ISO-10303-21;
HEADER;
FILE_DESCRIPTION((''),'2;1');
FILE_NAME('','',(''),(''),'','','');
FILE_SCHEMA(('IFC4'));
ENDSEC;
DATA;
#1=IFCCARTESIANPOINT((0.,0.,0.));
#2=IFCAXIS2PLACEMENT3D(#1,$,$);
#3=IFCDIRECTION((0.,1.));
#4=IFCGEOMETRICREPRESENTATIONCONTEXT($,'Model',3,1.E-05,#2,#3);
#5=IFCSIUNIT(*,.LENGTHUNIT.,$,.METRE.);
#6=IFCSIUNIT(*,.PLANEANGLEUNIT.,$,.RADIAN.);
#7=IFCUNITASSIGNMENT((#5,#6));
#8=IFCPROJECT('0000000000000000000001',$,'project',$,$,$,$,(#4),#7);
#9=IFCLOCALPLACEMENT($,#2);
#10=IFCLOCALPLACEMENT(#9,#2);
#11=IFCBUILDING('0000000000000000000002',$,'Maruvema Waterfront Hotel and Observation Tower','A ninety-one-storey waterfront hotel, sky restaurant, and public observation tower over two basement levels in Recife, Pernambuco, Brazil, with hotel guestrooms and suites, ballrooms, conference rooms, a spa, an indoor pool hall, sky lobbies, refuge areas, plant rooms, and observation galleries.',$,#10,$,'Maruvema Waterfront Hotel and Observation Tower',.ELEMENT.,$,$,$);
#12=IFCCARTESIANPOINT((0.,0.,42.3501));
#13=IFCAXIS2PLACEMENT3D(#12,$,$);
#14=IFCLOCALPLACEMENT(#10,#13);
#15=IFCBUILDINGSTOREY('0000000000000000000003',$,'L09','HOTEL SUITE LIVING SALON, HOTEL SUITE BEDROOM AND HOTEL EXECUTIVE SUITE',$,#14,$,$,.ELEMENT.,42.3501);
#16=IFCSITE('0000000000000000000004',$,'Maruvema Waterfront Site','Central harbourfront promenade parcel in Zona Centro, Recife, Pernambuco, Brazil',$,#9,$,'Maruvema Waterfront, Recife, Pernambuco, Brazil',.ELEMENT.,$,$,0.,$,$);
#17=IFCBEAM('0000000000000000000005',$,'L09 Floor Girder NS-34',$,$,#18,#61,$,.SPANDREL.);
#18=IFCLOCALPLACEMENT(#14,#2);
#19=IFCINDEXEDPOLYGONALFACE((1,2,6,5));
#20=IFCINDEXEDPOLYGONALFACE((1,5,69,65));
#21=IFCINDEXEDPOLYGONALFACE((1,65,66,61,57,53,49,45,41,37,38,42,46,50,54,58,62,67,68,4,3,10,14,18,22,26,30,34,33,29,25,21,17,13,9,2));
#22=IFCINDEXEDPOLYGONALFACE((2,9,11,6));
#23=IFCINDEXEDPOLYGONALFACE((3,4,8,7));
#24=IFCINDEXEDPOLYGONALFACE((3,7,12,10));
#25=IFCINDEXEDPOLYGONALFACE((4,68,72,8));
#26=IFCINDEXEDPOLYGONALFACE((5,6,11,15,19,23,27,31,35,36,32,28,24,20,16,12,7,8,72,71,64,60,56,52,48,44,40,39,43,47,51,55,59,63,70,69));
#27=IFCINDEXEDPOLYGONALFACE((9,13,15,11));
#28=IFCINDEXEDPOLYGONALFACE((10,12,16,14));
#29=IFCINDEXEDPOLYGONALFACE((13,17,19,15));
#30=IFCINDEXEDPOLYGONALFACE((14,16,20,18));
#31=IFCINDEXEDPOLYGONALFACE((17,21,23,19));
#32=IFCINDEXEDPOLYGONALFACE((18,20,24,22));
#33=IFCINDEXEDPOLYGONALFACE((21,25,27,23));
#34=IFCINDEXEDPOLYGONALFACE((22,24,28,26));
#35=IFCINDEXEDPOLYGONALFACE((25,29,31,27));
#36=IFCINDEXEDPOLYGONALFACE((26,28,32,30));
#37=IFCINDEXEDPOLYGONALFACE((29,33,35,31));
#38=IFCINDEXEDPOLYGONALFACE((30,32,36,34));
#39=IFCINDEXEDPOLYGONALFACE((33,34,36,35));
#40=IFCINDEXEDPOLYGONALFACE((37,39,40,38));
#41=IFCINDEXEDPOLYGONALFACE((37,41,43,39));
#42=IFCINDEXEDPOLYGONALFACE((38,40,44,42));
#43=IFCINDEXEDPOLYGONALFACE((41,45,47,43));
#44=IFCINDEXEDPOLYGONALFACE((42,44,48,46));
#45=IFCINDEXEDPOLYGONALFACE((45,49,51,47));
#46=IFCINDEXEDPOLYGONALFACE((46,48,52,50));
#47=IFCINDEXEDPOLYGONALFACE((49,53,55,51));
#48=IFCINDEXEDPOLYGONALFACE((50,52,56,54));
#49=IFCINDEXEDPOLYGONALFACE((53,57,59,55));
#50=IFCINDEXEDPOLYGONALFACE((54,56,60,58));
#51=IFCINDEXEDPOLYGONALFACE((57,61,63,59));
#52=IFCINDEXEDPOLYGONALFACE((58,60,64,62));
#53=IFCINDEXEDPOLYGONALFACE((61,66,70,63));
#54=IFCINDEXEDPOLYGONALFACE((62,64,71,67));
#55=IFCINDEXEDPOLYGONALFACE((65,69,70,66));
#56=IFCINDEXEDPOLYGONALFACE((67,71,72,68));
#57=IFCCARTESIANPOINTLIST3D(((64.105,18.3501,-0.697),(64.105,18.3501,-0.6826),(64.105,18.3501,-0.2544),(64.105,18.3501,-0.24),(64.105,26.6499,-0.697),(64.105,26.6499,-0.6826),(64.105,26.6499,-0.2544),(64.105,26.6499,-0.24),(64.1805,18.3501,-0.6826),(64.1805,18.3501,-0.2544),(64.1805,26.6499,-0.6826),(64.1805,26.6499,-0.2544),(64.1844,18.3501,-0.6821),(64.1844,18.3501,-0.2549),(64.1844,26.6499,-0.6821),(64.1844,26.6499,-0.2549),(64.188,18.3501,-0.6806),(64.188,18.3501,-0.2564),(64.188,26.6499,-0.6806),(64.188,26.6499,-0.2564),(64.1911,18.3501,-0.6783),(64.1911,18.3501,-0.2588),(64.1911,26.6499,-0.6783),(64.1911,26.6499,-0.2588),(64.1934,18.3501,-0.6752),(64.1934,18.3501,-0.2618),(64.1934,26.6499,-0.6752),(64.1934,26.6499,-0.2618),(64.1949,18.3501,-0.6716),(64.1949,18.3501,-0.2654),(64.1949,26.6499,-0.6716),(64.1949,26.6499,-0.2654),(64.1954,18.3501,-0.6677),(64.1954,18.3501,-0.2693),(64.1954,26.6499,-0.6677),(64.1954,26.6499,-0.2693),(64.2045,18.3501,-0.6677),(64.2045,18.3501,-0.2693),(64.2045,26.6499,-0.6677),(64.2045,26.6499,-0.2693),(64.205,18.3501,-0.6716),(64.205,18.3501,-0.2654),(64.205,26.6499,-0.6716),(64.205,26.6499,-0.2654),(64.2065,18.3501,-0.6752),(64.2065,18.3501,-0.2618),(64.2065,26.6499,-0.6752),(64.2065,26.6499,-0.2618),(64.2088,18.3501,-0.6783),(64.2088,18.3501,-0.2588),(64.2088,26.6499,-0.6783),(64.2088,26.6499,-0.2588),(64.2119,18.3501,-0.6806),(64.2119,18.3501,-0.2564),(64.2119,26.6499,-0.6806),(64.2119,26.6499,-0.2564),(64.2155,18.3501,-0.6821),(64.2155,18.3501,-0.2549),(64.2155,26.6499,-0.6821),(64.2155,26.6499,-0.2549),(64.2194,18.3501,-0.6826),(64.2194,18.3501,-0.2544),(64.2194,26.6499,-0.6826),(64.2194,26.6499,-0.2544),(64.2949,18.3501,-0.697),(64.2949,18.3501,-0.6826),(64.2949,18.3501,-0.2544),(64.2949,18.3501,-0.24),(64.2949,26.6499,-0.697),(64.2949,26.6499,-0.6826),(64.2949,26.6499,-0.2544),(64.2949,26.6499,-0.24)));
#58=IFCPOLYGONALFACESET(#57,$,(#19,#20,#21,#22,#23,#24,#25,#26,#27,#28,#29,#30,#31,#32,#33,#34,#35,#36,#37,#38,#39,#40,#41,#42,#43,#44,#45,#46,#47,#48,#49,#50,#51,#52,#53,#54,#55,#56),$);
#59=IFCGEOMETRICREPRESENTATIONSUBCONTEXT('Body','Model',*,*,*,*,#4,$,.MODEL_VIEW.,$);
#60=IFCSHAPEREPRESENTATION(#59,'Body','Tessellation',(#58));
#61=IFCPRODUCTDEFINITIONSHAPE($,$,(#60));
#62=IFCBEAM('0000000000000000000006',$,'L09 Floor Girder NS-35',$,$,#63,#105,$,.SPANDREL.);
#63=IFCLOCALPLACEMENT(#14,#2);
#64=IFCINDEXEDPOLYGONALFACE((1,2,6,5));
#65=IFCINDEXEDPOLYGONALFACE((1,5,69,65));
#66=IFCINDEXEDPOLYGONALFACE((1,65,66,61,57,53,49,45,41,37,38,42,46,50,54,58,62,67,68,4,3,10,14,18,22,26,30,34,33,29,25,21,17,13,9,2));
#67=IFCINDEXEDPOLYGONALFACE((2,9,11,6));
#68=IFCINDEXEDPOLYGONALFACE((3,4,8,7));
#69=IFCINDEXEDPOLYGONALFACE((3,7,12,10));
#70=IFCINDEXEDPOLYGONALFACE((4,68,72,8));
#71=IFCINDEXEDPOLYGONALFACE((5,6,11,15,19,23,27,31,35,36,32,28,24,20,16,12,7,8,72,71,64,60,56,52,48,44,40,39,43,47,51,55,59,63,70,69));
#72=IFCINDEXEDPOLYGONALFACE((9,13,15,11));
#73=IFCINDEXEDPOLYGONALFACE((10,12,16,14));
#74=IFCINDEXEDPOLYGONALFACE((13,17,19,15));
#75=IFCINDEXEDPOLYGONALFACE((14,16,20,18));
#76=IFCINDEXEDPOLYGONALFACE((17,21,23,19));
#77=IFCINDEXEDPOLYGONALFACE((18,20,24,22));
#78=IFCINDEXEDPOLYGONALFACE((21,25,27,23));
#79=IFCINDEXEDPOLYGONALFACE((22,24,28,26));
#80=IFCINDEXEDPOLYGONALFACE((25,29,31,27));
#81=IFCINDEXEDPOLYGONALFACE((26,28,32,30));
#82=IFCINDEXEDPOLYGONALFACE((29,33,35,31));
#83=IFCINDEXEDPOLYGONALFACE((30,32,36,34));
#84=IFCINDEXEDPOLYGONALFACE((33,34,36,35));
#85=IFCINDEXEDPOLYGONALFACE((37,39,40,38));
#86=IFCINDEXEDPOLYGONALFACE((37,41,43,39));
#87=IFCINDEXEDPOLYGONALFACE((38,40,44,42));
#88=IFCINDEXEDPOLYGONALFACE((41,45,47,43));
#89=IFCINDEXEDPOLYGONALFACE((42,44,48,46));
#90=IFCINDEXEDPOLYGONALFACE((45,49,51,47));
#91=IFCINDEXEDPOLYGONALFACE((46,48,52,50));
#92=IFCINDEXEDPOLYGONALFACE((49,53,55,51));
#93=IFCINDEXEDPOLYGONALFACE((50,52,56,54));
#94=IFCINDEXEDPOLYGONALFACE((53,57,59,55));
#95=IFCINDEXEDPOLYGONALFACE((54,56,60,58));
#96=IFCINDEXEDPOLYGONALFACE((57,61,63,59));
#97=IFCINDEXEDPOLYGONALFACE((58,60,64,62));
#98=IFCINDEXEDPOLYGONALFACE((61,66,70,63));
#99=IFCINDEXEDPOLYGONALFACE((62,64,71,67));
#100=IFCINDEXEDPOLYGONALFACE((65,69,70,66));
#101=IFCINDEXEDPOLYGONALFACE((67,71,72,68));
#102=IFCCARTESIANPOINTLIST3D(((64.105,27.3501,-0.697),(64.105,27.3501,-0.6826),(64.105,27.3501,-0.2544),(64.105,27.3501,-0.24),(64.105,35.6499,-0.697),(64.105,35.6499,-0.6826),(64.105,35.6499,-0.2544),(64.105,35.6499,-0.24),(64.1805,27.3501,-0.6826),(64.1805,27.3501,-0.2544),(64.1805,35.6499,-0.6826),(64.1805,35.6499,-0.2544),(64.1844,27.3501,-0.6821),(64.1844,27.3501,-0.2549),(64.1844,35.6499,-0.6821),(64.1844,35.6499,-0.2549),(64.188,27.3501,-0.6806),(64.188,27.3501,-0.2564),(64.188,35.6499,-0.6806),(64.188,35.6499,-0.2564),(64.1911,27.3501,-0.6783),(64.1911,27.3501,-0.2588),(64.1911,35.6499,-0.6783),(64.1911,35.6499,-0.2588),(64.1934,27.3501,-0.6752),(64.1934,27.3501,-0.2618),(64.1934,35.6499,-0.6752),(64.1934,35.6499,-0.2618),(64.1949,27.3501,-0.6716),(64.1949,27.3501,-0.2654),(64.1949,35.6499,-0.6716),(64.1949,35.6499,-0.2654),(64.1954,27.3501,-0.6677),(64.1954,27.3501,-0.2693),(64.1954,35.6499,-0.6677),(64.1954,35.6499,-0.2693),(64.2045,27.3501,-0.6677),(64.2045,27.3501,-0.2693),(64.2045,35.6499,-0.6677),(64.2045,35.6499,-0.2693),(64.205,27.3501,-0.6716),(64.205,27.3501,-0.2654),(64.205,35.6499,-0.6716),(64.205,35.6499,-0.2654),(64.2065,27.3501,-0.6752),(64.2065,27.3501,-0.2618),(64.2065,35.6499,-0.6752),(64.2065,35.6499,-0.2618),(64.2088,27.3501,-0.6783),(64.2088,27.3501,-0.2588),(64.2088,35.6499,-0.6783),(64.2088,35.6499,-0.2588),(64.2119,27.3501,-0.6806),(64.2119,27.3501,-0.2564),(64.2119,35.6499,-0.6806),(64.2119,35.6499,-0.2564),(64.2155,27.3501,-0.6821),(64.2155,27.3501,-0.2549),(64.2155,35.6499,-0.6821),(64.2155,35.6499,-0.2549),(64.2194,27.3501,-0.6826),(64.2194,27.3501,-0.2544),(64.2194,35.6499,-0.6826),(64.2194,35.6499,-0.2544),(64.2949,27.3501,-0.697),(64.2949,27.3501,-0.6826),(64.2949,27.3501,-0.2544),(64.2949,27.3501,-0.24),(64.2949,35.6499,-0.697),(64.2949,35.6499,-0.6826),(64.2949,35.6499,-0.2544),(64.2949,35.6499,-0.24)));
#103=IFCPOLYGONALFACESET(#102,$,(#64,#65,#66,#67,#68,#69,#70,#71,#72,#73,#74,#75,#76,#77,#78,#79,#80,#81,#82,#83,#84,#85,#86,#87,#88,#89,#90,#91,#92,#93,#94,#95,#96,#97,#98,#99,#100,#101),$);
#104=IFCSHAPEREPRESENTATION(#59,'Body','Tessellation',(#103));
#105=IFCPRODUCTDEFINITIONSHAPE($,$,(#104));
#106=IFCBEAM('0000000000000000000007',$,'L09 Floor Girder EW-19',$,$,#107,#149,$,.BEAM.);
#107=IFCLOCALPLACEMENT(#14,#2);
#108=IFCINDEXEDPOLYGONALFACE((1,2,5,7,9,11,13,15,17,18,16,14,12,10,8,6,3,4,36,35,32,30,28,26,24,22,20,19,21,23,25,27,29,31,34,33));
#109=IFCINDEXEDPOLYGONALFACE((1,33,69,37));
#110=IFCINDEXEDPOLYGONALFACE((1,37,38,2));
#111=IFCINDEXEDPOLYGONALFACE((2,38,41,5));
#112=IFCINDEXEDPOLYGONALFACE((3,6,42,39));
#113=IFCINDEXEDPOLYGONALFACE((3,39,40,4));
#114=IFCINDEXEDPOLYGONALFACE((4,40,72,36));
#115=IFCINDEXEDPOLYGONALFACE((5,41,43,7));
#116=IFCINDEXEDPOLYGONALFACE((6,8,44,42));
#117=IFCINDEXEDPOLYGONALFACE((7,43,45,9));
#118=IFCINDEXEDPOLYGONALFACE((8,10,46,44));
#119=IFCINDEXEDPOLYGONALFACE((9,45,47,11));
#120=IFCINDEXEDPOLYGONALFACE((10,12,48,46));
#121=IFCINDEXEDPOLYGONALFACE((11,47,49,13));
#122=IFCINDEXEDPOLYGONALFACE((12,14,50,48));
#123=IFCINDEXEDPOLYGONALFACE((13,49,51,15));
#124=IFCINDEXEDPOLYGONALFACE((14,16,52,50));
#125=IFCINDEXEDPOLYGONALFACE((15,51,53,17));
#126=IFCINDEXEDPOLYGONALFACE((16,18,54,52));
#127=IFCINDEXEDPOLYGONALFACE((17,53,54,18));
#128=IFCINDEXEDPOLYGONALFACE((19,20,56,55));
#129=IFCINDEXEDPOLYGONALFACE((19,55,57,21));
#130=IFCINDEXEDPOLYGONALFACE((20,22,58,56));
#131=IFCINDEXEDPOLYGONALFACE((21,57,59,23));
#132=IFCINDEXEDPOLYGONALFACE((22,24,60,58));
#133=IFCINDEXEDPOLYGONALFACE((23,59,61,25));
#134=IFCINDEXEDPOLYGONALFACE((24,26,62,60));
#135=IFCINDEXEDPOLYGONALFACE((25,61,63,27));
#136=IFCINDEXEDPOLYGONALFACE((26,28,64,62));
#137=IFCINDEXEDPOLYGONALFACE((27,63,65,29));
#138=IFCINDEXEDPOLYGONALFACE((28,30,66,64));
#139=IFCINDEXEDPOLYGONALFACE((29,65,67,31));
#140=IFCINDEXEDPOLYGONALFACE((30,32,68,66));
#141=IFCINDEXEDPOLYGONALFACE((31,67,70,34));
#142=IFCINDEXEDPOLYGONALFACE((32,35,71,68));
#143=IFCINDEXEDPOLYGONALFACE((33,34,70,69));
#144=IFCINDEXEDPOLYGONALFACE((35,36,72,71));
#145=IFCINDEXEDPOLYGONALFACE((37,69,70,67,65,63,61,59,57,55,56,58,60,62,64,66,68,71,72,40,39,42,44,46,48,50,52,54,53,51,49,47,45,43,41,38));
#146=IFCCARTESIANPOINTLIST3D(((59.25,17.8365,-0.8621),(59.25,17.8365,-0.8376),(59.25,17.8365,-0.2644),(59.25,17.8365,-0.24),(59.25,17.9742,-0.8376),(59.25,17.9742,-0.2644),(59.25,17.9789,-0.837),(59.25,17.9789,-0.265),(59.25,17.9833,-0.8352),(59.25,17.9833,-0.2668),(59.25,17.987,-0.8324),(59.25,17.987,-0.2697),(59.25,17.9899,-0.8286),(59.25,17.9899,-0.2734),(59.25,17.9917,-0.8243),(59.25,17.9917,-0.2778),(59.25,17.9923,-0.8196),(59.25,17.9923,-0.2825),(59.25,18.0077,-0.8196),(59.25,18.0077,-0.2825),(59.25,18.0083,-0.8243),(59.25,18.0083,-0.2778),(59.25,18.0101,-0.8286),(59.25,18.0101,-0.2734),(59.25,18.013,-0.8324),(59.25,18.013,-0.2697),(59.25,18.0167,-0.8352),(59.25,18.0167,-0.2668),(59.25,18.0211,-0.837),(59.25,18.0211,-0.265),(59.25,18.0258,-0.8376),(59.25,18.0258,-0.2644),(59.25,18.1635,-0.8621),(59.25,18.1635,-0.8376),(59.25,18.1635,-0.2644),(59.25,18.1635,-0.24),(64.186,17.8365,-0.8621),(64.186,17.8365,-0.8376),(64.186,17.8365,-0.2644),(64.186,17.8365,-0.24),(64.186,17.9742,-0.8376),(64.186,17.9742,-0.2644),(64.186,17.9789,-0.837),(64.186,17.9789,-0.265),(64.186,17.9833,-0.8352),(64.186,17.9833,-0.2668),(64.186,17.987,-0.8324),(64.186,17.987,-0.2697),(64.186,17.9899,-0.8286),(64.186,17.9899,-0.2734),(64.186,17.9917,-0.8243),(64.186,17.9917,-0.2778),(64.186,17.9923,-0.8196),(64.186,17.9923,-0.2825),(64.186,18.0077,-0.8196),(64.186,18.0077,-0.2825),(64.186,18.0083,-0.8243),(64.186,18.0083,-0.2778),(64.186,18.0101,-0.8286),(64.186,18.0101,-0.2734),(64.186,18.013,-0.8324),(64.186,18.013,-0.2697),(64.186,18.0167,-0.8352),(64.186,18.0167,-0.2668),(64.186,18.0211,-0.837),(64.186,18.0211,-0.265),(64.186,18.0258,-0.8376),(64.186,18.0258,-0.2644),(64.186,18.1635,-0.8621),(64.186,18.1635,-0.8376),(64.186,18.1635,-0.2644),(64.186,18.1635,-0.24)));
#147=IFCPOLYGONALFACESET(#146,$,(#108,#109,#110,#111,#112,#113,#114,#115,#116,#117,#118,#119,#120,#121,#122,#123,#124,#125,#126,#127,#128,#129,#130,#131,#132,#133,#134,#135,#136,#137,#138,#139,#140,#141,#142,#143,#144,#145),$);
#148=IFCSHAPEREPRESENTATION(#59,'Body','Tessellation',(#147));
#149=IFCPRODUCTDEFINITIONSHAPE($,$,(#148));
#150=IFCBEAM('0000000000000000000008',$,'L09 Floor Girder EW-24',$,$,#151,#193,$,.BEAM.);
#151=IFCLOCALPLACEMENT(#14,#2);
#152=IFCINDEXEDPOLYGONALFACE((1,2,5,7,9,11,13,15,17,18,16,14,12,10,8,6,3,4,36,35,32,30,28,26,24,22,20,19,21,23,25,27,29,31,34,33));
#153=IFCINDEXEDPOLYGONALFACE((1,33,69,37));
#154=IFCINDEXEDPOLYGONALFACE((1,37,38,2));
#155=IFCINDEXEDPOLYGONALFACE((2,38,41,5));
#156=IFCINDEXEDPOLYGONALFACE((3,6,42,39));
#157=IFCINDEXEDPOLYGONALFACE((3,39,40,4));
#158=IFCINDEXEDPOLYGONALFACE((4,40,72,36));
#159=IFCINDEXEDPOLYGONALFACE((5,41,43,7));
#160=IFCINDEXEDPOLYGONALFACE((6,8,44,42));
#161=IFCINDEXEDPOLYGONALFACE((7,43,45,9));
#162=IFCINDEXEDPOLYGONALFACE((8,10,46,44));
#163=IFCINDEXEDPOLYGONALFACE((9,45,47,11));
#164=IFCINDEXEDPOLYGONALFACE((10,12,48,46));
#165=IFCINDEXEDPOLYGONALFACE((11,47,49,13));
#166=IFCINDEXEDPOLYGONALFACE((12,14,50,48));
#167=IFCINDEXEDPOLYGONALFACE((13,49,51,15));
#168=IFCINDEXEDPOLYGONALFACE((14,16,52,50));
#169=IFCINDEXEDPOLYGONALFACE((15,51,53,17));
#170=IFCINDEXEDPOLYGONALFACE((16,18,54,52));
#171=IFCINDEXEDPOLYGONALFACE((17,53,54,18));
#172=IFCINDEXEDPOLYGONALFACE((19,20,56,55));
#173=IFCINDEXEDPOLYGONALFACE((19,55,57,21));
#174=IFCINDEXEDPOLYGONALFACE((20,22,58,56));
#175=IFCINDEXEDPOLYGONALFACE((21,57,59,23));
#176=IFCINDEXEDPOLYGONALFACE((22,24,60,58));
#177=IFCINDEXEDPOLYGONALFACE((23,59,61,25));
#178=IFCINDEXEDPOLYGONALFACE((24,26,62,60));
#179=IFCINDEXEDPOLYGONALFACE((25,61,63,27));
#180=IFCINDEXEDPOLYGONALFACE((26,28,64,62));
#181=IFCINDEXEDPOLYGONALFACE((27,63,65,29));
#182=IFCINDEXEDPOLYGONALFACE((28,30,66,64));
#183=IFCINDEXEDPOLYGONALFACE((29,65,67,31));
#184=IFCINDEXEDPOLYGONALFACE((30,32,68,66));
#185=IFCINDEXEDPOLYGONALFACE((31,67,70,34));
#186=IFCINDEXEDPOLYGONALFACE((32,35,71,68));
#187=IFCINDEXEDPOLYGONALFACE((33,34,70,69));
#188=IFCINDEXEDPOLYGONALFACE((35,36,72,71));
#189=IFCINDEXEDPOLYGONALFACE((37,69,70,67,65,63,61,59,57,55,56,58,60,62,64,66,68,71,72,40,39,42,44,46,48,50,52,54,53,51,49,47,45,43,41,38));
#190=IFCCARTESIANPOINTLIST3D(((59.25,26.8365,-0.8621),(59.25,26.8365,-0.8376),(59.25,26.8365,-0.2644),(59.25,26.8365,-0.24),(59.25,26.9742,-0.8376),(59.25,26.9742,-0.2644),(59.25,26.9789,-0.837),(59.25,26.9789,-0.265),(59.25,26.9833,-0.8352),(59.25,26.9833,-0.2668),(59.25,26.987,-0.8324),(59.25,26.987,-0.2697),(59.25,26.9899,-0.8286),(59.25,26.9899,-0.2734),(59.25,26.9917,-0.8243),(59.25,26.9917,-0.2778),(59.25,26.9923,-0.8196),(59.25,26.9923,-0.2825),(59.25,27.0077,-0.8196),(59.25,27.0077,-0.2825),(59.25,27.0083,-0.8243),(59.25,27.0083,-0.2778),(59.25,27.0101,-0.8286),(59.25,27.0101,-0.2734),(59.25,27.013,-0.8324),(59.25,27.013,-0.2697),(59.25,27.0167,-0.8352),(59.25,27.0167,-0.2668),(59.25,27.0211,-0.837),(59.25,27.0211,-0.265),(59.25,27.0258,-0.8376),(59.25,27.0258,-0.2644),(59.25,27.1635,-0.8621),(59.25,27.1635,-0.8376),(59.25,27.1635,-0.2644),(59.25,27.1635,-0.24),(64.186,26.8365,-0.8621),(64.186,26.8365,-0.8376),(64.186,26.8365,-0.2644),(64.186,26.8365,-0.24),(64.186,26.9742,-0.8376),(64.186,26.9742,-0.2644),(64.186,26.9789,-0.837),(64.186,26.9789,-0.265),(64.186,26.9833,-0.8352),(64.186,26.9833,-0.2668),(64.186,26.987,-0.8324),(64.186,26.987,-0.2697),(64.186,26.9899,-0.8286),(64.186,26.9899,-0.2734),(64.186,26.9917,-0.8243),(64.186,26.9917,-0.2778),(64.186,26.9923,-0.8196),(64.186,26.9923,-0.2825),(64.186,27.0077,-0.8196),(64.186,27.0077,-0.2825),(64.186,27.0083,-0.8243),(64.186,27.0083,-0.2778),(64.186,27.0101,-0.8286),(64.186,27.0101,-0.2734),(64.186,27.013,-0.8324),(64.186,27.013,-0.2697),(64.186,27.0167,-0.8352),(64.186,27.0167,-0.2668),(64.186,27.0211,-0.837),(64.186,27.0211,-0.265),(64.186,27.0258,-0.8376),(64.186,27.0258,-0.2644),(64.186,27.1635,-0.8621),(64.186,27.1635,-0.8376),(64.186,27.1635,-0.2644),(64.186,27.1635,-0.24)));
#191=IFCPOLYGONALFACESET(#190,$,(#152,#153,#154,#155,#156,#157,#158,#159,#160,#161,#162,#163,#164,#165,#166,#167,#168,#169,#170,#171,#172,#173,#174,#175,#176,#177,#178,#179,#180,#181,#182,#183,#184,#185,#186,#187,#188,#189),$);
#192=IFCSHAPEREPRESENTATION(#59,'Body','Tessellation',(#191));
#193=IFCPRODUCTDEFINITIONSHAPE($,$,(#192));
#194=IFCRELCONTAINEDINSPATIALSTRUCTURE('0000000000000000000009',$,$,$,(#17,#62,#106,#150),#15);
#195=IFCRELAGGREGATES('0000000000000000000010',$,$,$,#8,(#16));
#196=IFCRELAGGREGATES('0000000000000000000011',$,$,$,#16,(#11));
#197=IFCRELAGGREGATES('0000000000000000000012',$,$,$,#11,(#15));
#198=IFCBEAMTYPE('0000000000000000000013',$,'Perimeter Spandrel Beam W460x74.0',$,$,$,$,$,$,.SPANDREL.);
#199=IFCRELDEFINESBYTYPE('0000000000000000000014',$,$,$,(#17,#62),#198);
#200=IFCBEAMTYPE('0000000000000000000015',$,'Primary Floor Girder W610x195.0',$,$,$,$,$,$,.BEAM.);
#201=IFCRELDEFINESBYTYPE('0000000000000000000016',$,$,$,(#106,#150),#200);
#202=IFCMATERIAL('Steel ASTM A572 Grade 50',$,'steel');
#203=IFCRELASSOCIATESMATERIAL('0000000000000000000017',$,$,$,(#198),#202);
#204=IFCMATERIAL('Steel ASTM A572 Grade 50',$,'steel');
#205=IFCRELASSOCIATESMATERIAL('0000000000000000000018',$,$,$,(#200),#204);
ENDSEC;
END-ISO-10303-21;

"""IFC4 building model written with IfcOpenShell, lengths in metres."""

from ifc_helpers import new_model, si_unit, direction, frame, origin, origin_2d, place, context, subcontext, project, spatial, i_section, extrude, material, material_profile, profile_set, type_object, element, save


model = new_model("IFC4")

# Units and contexts
model_context = context("Model", 3, precision=1e-05, world=origin(), true_north=direction((0.0, 1.0)))
body_context = subcontext(model_context, "Body", "Model", "MODEL_VIEW")
ifc_project = project(units=[si_unit("LENGTHUNIT", "METRE"), si_unit("PLANEANGLEUNIT", "RADIAN")], contexts=[model_context])

# Site, building, storey
site_placement = place(None, origin())
site = spatial("IfcSite", under=ifc_project, at=site_placement, Name="Maruvema Waterfront Site", Description="Central harbourfront promenade parcel in Zona Centro, Recife, Pernambuco, Brazil", LongName="Maruvema Waterfront, Recife, Pernambuco, Brazil", CompositionType="ELEMENT", RefElevation=0.0)
building_placement = place(site_placement, origin())
building = spatial("IfcBuilding", under=site, at=building_placement, Name="Maruvema Waterfront Hotel and Observation Tower", Description="A ninety-one-storey waterfront hotel, sky restaurant, and public observation tower over two basement levels in Recife, Pernambuco, Brazil, with hotel guestrooms and suites, ballrooms, conference rooms, a spa, an indoor pool hall, sky lobbies, refuge areas, plant rooms, and observation galleries.", LongName="Maruvema Waterfront Hotel and Observation Tower", CompositionType="ELEMENT")
storey_placement = place(building_placement, frame((0.0, 0.0, 42.3501)))
storey = spatial("IfcBuildingStorey", under=building, at=storey_placement, Name="L09", Description="HOTEL SUITE LIVING SALON, HOTEL SUITE BEDROOM AND HOTEL EXECUTIVE SUITE", CompositionType="ELEMENT", Elevation=42.3501)

# Beams
ifc_material_1 = material(Name="Steel ASTM A572 Grade 50", Category="steel")
ifc_material_profile_1 = material_profile(ifc_material_1, i_section(OverallWidth=0.1899, OverallDepth=0.457, WebThickness=0.009, FlangeThickness=0.0144, FilletRadius=0.0149, at=origin_2d()), Name="W460x74.0")
ifc_profile_set_1 = profile_set([ifc_material_profile_1], Name="Steel ASTM A572 Grade 50")
beam_type_1 = type_object("IfcBeamType", Name="Perimeter Spandrel Beam W460x74.0", PredefinedType="SPANDREL", material=ifc_profile_set_1)
for number, where, z_axis, x_axis, name in (
    (1, (64.2, 18.3501, -0.4685), (0.0, 1.0, 0.0), (-1.0, 0.0, 0.0), "L09 Floor Girder NS-34"),
    (2, (64.2, 27.3501, -0.4685), (0.0, 1.0, 0.0), (-1.0, 0.0, 0.0), "L09 Floor Girder NS-35"),
):
    element("IfcBeam", number, at=place(storey_placement, frame(where, z_axis=z_axis, x_axis=x_axis)), inside=storey, type_object=beam_type_1, Name=name, PredefinedType="SPANDREL", context=body_context, shape_type="SweptSolid", body=[
        extrude(i_section(OverallWidth=0.1899, OverallDepth=0.457, WebThickness=0.009, FlangeThickness=0.0144, FilletRadius=0.0149, at=origin_2d()), origin(), (0.0, 0.0, 1.0), 8.2998),
    ])
ifc_material_2 = material(Name="Steel ASTM A572 Grade 50", Category="steel")
ifc_material_profile_2 = material_profile(ifc_material_2, i_section(OverallWidth=0.3269, OverallDepth=0.6221, WebThickness=0.0154, FlangeThickness=0.0244, FilletRadius=0.0181, at=origin_2d()), Name="W610x195.0")
ifc_profile_set_2 = profile_set([ifc_material_profile_2], Name="Steel ASTM A572 Grade 50")
beam_type_2 = type_object("IfcBeamType", Name="Primary Floor Girder W610x195.0", PredefinedType="BEAM", material=ifc_profile_set_2)
for number, where, z_axis, x_axis, name in (
    (3, (59.25, 18.0, -0.551), (1.0, 0.0, 0.0), (0.0, 1.0, 0.0), "L09 Floor Girder EW-19"),
    (4, (59.25, 27.0, -0.551), (1.0, 0.0, 0.0), (0.0, 1.0, 0.0), "L09 Floor Girder EW-24"),
):
    element("IfcBeam", number, at=place(storey_placement, frame(where, z_axis=z_axis, x_axis=x_axis)), inside=storey, type_object=beam_type_2, Name=name, PredefinedType="BEAM", context=body_context, shape_type="SweptSolid", body=[
        extrude(i_section(OverallWidth=0.3269, OverallDepth=0.6221, WebThickness=0.0154, FlangeThickness=0.0244, FilletRadius=0.0181, at=origin_2d()), origin(), (0.0, 0.0, 1.0), 4.936),
    ])

save(model, "model.ifc")
